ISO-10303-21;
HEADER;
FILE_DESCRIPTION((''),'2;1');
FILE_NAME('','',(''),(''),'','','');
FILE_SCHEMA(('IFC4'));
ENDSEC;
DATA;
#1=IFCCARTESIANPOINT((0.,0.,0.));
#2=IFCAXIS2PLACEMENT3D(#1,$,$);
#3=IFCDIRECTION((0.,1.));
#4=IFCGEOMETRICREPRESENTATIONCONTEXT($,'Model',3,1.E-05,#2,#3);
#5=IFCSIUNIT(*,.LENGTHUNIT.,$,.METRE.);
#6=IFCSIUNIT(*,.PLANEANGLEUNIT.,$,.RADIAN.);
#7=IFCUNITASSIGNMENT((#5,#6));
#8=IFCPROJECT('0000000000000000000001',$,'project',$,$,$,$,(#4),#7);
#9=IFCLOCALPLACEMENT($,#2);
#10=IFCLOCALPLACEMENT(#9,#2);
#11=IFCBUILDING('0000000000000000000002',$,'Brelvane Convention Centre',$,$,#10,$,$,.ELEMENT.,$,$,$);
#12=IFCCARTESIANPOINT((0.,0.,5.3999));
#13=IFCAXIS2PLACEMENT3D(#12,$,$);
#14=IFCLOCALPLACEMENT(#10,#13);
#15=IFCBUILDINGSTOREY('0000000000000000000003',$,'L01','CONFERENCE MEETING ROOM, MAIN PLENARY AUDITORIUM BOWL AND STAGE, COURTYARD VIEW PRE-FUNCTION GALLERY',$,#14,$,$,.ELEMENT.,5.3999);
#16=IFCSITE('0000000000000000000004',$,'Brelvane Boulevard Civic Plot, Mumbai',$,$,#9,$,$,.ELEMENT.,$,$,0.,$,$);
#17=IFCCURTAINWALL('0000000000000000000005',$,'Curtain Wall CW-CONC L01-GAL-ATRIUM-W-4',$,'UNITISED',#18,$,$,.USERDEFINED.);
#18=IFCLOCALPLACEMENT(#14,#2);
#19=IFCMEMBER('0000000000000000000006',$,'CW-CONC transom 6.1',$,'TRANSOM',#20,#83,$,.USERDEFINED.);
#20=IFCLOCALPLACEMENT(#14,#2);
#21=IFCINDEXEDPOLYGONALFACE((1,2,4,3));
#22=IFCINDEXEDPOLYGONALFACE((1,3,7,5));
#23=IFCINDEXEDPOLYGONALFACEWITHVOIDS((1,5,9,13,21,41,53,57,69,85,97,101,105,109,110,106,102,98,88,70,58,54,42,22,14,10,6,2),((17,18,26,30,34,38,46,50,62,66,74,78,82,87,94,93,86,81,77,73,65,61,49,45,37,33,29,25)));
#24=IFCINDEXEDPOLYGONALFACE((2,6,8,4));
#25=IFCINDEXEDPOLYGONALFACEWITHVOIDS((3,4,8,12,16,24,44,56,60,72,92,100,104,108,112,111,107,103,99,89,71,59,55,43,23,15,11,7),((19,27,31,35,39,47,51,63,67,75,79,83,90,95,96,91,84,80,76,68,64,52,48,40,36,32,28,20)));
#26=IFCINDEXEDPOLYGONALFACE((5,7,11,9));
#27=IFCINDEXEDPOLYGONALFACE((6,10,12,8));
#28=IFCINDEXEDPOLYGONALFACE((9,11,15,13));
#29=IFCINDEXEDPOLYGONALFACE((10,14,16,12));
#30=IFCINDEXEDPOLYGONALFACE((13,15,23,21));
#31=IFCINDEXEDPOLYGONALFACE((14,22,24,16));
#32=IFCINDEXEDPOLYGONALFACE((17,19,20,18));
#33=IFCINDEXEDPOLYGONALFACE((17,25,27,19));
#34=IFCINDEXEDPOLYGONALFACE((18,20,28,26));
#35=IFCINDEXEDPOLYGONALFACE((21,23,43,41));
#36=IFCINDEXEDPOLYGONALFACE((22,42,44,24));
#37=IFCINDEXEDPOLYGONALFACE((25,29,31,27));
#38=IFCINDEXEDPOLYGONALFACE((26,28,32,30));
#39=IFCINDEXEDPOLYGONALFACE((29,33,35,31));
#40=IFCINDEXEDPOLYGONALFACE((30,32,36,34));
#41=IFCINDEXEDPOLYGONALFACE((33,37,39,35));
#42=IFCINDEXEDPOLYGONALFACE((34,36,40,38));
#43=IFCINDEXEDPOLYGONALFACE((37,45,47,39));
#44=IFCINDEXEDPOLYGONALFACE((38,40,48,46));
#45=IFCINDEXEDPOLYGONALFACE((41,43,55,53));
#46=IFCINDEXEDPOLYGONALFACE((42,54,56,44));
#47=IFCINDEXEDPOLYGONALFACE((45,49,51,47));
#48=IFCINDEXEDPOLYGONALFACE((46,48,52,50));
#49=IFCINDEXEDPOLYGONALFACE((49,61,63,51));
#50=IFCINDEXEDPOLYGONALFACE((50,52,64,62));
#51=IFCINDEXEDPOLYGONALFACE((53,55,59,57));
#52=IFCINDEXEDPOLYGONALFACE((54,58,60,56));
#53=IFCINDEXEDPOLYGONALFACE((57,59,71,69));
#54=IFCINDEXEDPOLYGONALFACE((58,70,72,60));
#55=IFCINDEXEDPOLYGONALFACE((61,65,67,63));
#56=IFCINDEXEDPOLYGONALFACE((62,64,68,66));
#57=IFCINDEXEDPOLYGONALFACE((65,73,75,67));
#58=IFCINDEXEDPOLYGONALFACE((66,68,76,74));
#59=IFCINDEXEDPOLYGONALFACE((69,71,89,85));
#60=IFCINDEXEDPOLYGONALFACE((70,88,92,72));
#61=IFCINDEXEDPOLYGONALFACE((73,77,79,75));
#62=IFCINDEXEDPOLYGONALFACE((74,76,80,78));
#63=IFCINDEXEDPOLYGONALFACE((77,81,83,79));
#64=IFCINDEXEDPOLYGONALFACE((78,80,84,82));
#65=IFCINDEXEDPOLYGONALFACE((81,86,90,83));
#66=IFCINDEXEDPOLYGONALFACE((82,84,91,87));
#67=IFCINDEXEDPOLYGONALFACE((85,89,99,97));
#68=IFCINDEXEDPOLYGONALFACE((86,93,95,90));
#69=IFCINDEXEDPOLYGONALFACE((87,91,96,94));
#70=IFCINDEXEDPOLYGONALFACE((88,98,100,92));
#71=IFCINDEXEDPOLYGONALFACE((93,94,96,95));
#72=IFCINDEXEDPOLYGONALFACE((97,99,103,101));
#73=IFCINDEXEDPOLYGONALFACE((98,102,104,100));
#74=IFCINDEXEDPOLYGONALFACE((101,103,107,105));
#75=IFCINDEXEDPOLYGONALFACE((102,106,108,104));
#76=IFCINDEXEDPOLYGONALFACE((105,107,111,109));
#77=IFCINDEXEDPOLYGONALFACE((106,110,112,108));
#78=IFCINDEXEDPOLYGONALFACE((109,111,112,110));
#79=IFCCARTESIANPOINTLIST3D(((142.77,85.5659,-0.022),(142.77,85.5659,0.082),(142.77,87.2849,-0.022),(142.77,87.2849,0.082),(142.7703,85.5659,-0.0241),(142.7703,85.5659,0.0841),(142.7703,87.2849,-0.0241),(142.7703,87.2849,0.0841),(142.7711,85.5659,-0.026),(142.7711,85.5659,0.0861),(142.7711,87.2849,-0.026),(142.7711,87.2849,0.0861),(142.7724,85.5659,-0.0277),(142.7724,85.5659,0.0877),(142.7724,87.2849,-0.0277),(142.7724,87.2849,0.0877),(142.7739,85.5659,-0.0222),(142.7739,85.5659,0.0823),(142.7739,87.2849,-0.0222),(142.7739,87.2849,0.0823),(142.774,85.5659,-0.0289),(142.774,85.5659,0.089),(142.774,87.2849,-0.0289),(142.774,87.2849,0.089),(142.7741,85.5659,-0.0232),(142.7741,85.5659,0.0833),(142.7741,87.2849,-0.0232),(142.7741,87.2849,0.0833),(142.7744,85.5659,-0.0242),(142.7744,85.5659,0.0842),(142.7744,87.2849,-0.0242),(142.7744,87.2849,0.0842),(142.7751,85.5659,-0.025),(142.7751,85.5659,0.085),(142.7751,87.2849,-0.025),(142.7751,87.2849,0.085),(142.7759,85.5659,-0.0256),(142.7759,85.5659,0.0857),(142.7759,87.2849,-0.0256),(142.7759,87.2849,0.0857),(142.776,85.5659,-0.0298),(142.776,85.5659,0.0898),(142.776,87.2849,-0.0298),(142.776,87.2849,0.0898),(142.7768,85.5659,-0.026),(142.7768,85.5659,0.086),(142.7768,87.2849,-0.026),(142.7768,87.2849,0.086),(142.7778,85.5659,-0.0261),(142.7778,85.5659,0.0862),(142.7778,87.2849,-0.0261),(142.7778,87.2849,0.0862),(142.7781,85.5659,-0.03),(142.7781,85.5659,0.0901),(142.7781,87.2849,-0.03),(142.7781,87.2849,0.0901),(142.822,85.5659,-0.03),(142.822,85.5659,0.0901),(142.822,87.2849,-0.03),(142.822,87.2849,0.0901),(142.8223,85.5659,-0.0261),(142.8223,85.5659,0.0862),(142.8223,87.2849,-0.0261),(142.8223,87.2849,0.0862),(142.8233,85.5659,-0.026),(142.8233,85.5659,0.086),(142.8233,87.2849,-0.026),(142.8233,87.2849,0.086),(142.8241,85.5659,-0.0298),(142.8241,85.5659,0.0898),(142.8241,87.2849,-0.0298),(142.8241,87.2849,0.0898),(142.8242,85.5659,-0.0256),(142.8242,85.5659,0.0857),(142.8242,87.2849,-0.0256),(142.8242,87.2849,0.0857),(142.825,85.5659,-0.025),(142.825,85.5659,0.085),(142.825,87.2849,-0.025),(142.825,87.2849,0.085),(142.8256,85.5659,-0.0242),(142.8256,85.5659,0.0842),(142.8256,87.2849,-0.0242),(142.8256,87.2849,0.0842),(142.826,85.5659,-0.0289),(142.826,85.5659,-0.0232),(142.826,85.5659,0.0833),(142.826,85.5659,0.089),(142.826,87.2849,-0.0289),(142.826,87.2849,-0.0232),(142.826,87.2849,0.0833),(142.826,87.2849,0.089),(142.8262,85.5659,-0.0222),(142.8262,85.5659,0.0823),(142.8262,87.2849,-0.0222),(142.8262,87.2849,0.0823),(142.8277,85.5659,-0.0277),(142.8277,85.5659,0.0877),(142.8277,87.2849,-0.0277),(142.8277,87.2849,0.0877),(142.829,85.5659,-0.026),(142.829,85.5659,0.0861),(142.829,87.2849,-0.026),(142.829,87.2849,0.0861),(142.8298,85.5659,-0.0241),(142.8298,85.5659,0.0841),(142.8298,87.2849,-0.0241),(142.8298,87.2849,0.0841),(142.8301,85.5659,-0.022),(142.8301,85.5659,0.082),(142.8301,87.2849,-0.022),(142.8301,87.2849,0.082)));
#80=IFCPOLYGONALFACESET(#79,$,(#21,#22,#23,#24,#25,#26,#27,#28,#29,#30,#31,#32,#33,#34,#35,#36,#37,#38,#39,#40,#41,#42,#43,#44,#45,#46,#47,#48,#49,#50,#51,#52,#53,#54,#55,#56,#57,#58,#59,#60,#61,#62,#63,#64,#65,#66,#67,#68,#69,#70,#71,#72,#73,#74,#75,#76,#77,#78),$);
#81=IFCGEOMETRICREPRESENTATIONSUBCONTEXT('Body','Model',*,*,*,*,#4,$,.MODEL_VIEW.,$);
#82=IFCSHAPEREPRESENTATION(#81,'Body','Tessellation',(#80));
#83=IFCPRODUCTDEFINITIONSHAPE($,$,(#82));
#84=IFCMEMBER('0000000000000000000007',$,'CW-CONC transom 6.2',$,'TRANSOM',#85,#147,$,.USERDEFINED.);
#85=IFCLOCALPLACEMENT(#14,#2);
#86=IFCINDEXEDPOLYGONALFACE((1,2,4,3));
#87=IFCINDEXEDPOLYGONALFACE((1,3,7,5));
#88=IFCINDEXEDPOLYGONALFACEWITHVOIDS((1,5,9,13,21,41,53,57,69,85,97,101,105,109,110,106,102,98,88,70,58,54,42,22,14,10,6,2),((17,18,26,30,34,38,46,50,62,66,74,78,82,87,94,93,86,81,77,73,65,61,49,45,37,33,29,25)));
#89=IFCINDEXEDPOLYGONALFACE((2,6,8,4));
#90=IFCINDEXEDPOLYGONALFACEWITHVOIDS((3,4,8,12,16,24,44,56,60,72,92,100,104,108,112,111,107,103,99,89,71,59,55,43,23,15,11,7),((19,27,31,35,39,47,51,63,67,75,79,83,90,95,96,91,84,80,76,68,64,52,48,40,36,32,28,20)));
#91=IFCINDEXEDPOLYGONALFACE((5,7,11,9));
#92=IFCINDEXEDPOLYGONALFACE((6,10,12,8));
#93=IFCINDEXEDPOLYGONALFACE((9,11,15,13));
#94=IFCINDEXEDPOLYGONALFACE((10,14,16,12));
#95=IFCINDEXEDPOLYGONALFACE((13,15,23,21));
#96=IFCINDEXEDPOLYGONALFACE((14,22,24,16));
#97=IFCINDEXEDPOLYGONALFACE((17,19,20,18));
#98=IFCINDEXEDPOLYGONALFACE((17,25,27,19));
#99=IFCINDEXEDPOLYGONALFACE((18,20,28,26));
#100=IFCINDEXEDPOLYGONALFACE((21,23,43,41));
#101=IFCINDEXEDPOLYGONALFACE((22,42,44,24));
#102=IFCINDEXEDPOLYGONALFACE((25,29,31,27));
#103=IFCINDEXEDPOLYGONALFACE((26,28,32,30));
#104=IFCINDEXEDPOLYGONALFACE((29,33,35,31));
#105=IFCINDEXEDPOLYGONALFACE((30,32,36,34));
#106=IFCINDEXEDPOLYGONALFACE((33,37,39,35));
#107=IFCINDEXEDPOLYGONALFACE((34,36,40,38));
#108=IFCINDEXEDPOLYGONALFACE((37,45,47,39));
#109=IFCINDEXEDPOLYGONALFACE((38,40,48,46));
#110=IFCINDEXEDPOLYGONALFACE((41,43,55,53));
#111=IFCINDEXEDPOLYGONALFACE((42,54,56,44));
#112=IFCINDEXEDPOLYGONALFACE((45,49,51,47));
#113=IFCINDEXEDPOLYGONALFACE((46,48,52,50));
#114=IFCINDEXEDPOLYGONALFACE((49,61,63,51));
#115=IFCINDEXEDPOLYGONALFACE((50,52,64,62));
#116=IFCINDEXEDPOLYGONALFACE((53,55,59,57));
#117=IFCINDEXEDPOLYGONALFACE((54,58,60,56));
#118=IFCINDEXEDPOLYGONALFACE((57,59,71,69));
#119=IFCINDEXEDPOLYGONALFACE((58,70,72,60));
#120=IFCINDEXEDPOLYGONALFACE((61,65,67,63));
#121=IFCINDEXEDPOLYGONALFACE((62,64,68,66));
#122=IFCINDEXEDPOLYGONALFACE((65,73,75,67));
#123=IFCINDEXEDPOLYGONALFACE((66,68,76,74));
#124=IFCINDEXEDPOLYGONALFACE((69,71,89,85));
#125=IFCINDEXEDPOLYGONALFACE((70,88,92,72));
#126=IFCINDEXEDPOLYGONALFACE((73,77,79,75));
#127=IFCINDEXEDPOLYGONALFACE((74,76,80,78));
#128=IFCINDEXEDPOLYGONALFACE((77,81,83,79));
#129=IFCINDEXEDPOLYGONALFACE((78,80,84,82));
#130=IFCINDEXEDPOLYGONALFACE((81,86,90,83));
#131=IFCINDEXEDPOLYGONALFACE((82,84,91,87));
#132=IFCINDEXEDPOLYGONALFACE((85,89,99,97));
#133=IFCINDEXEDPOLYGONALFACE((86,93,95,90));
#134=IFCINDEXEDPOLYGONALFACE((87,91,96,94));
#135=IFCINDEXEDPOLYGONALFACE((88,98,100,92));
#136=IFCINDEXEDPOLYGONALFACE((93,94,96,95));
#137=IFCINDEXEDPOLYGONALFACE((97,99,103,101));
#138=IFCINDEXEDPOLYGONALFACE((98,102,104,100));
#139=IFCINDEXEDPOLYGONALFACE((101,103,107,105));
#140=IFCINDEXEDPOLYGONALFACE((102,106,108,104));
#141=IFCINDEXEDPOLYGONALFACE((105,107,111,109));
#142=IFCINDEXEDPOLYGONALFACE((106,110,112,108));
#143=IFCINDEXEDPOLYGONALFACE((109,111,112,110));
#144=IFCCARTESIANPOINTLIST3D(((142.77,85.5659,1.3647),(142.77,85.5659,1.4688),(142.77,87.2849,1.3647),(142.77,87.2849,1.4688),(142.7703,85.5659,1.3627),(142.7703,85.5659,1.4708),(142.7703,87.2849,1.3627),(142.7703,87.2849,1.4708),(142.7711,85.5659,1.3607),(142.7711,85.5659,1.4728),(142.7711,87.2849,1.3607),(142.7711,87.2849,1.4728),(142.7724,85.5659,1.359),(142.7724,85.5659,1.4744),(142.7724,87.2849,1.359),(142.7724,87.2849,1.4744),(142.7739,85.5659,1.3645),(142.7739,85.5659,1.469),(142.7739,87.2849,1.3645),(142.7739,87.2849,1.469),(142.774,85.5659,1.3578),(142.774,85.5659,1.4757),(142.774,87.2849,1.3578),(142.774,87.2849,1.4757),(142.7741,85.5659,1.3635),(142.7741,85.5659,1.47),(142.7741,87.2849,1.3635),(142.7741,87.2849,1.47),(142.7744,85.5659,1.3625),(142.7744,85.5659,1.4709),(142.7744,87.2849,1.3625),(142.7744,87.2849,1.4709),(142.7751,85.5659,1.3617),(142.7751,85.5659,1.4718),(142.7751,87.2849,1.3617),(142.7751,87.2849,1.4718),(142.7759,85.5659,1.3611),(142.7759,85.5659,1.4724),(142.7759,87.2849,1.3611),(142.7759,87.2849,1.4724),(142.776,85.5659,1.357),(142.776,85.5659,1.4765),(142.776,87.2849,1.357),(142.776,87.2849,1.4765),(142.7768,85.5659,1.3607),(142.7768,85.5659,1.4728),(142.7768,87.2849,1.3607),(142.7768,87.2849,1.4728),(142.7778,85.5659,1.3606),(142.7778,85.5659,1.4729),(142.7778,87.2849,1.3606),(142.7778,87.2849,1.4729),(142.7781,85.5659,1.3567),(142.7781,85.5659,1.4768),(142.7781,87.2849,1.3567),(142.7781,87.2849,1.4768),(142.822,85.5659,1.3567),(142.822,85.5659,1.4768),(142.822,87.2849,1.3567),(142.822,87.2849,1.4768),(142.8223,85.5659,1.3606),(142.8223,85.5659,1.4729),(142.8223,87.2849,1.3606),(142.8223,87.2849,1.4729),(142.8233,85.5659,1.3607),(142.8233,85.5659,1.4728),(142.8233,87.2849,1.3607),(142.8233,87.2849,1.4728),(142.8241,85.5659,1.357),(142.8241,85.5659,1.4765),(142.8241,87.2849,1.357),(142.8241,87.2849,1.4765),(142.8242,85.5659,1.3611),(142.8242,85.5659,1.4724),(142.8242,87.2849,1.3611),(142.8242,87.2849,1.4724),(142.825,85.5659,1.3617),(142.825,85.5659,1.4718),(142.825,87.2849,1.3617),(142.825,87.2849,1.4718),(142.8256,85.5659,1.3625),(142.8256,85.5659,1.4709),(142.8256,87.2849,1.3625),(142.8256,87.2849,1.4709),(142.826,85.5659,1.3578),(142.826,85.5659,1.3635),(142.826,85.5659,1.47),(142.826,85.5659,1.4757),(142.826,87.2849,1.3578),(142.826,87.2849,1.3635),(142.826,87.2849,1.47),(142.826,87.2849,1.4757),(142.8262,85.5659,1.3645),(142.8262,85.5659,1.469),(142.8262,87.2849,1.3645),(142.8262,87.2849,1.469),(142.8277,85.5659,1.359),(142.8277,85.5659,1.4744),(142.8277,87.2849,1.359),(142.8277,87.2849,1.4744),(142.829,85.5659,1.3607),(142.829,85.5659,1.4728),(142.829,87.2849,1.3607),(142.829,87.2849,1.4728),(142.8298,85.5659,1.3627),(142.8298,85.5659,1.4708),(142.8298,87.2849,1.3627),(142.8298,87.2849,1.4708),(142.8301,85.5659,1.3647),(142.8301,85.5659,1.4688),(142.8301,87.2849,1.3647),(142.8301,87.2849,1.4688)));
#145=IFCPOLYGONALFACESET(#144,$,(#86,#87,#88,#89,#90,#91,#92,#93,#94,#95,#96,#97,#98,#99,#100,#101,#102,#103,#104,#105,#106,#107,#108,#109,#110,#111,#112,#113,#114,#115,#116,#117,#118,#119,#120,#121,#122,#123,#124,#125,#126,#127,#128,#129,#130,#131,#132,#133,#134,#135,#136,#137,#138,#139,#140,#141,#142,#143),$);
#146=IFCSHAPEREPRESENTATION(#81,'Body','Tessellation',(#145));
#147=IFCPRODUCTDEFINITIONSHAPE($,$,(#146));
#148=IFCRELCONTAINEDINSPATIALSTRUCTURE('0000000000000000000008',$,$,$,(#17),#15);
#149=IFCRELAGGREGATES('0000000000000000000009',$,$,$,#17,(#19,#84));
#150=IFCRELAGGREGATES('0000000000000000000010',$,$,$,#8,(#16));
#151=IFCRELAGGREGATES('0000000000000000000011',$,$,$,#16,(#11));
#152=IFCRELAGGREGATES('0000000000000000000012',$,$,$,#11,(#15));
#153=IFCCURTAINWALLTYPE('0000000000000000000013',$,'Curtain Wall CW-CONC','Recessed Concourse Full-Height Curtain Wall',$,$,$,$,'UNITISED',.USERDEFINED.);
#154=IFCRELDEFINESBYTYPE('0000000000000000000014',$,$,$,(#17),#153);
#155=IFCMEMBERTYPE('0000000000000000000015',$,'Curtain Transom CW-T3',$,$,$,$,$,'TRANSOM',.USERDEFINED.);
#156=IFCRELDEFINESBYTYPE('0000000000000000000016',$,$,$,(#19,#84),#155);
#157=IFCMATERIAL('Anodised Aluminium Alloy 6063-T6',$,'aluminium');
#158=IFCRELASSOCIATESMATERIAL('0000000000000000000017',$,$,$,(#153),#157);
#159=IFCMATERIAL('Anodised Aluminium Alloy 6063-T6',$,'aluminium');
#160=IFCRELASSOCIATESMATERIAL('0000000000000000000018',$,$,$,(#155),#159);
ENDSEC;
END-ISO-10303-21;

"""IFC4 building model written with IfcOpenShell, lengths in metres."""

from ifc_helpers import new_model, si_unit, direction, frame, origin, origin_2d, place, context, subcontext, project, spatial, hollow_rectangle, extrude, material, material_profile, profile_set, type_object, element, aggregate, save


model = new_model("IFC4")

# Units and contexts
model_context = context("Model", 3, precision=1e-05, world=origin(), true_north=direction((0.0, 1.0)))
body_context = subcontext(model_context, "Body", "Model", "MODEL_VIEW")
ifc_project = project(units=[si_unit("LENGTHUNIT", "METRE"), si_unit("PLANEANGLEUNIT", "RADIAN")], contexts=[model_context])

# Site, building, storey
site_placement = place(None, origin())
site = spatial("IfcSite", under=ifc_project, at=site_placement, Name="Brelvane Boulevard Civic Plot, Mumbai", CompositionType="ELEMENT", RefElevation=0.0)
building_placement = place(site_placement, origin())
building = spatial("IfcBuilding", under=site, at=building_placement, Name="Brelvane Convention Centre", CompositionType="ELEMENT")
storey_placement = place(building_placement, frame((0.0, 0.0, 5.3999)))
storey = spatial("IfcBuildingStorey", under=building, at=storey_placement, Name="L01", Description="CONFERENCE MEETING ROOM, MAIN PLENARY AUDITORIUM BOWL AND STAGE, COURTYARD VIEW PRE-FUNCTION GALLERY", CompositionType="ELEMENT", Elevation=5.3999)

# Curtain wall, members
ifc_material_1 = material(Name="Anodised Aluminium Alloy 6063-T6", Category="aluminium")
curtain_wall_type = type_object("IfcCurtainWallType", Name="Curtain Wall CW-CONC", Description="Recessed Concourse Full-Height Curtain Wall", ElementType="UNITISED", PredefinedType="USERDEFINED", material=ifc_material_1)
curtain_wall_placement = place(storey_placement, origin())
curtain_wall = element("IfcCurtainWall", 1, at=curtain_wall_placement, inside=storey, type_object=curtain_wall_type, Name="Curtain Wall CW-CONC L01-GAL-ATRIUM-W-4", ObjectType="UNITISED", PredefinedType="USERDEFINED")
ifc_material_2 = material(Name="Anodised Aluminium Alloy 6063-T6", Category="aluminium")
ifc_material_profile_1 = material_profile(ifc_material_2, hollow_rectangle(XDim=0.0601, YDim=0.1201, WallThickness=0.0039, InnerFilletRadius=0.0039, OuterFilletRadius=0.0081, at=origin_2d()), Name="ALU-T 120x60x4.0")
ifc_profile_set_1 = profile_set([ifc_material_profile_1], Name="Anodised Aluminium Alloy 6063-T6")
member_type_1 = type_object("IfcMemberType", Name="Curtain Transom CW-T3", ElementType="TRANSOM", PredefinedType="USERDEFINED", material=ifc_profile_set_1)
member_1_placement = place(storey_placement, frame((142.8, 85.5659, 0.03), z_axis=(0.0, 1.0, 0.0), x_axis=(-1.0, 0.0, 0.0)))
member_1 = element("IfcMember", 2, at=member_1_placement, type_object=member_type_1, Name="CW-CONC transom 6.1", ObjectType="TRANSOM", PredefinedType="USERDEFINED", context=body_context, shape_type="SweptSolid", body=[
    extrude(hollow_rectangle(XDim=0.0601, YDim=0.1201, WallThickness=0.0039, InnerFilletRadius=0.0039, OuterFilletRadius=0.0081, at=origin_2d()), origin(), (0.0, 0.0, 1.0), 1.719),
])
member_2_placement = place(storey_placement, frame((142.8, 85.5659, 1.4167), z_axis=(0.0, 1.0, 0.0), x_axis=(-1.0, 0.0, 0.0)))
member_2 = element("IfcMember", 3, at=member_2_placement, type_object=member_type_1, Name="CW-CONC transom 6.2", ObjectType="TRANSOM", PredefinedType="USERDEFINED", context=body_context, shape_type="SweptSolid", body=[
    extrude(hollow_rectangle(XDim=0.0601, YDim=0.1201, WallThickness=0.0039, InnerFilletRadius=0.0039, OuterFilletRadius=0.0081, at=origin_2d()), origin(), (0.0, 0.0, 1.0), 1.719),
])
aggregate(curtain_wall, [member_1, member_2])

save(model, "model.ifc")
